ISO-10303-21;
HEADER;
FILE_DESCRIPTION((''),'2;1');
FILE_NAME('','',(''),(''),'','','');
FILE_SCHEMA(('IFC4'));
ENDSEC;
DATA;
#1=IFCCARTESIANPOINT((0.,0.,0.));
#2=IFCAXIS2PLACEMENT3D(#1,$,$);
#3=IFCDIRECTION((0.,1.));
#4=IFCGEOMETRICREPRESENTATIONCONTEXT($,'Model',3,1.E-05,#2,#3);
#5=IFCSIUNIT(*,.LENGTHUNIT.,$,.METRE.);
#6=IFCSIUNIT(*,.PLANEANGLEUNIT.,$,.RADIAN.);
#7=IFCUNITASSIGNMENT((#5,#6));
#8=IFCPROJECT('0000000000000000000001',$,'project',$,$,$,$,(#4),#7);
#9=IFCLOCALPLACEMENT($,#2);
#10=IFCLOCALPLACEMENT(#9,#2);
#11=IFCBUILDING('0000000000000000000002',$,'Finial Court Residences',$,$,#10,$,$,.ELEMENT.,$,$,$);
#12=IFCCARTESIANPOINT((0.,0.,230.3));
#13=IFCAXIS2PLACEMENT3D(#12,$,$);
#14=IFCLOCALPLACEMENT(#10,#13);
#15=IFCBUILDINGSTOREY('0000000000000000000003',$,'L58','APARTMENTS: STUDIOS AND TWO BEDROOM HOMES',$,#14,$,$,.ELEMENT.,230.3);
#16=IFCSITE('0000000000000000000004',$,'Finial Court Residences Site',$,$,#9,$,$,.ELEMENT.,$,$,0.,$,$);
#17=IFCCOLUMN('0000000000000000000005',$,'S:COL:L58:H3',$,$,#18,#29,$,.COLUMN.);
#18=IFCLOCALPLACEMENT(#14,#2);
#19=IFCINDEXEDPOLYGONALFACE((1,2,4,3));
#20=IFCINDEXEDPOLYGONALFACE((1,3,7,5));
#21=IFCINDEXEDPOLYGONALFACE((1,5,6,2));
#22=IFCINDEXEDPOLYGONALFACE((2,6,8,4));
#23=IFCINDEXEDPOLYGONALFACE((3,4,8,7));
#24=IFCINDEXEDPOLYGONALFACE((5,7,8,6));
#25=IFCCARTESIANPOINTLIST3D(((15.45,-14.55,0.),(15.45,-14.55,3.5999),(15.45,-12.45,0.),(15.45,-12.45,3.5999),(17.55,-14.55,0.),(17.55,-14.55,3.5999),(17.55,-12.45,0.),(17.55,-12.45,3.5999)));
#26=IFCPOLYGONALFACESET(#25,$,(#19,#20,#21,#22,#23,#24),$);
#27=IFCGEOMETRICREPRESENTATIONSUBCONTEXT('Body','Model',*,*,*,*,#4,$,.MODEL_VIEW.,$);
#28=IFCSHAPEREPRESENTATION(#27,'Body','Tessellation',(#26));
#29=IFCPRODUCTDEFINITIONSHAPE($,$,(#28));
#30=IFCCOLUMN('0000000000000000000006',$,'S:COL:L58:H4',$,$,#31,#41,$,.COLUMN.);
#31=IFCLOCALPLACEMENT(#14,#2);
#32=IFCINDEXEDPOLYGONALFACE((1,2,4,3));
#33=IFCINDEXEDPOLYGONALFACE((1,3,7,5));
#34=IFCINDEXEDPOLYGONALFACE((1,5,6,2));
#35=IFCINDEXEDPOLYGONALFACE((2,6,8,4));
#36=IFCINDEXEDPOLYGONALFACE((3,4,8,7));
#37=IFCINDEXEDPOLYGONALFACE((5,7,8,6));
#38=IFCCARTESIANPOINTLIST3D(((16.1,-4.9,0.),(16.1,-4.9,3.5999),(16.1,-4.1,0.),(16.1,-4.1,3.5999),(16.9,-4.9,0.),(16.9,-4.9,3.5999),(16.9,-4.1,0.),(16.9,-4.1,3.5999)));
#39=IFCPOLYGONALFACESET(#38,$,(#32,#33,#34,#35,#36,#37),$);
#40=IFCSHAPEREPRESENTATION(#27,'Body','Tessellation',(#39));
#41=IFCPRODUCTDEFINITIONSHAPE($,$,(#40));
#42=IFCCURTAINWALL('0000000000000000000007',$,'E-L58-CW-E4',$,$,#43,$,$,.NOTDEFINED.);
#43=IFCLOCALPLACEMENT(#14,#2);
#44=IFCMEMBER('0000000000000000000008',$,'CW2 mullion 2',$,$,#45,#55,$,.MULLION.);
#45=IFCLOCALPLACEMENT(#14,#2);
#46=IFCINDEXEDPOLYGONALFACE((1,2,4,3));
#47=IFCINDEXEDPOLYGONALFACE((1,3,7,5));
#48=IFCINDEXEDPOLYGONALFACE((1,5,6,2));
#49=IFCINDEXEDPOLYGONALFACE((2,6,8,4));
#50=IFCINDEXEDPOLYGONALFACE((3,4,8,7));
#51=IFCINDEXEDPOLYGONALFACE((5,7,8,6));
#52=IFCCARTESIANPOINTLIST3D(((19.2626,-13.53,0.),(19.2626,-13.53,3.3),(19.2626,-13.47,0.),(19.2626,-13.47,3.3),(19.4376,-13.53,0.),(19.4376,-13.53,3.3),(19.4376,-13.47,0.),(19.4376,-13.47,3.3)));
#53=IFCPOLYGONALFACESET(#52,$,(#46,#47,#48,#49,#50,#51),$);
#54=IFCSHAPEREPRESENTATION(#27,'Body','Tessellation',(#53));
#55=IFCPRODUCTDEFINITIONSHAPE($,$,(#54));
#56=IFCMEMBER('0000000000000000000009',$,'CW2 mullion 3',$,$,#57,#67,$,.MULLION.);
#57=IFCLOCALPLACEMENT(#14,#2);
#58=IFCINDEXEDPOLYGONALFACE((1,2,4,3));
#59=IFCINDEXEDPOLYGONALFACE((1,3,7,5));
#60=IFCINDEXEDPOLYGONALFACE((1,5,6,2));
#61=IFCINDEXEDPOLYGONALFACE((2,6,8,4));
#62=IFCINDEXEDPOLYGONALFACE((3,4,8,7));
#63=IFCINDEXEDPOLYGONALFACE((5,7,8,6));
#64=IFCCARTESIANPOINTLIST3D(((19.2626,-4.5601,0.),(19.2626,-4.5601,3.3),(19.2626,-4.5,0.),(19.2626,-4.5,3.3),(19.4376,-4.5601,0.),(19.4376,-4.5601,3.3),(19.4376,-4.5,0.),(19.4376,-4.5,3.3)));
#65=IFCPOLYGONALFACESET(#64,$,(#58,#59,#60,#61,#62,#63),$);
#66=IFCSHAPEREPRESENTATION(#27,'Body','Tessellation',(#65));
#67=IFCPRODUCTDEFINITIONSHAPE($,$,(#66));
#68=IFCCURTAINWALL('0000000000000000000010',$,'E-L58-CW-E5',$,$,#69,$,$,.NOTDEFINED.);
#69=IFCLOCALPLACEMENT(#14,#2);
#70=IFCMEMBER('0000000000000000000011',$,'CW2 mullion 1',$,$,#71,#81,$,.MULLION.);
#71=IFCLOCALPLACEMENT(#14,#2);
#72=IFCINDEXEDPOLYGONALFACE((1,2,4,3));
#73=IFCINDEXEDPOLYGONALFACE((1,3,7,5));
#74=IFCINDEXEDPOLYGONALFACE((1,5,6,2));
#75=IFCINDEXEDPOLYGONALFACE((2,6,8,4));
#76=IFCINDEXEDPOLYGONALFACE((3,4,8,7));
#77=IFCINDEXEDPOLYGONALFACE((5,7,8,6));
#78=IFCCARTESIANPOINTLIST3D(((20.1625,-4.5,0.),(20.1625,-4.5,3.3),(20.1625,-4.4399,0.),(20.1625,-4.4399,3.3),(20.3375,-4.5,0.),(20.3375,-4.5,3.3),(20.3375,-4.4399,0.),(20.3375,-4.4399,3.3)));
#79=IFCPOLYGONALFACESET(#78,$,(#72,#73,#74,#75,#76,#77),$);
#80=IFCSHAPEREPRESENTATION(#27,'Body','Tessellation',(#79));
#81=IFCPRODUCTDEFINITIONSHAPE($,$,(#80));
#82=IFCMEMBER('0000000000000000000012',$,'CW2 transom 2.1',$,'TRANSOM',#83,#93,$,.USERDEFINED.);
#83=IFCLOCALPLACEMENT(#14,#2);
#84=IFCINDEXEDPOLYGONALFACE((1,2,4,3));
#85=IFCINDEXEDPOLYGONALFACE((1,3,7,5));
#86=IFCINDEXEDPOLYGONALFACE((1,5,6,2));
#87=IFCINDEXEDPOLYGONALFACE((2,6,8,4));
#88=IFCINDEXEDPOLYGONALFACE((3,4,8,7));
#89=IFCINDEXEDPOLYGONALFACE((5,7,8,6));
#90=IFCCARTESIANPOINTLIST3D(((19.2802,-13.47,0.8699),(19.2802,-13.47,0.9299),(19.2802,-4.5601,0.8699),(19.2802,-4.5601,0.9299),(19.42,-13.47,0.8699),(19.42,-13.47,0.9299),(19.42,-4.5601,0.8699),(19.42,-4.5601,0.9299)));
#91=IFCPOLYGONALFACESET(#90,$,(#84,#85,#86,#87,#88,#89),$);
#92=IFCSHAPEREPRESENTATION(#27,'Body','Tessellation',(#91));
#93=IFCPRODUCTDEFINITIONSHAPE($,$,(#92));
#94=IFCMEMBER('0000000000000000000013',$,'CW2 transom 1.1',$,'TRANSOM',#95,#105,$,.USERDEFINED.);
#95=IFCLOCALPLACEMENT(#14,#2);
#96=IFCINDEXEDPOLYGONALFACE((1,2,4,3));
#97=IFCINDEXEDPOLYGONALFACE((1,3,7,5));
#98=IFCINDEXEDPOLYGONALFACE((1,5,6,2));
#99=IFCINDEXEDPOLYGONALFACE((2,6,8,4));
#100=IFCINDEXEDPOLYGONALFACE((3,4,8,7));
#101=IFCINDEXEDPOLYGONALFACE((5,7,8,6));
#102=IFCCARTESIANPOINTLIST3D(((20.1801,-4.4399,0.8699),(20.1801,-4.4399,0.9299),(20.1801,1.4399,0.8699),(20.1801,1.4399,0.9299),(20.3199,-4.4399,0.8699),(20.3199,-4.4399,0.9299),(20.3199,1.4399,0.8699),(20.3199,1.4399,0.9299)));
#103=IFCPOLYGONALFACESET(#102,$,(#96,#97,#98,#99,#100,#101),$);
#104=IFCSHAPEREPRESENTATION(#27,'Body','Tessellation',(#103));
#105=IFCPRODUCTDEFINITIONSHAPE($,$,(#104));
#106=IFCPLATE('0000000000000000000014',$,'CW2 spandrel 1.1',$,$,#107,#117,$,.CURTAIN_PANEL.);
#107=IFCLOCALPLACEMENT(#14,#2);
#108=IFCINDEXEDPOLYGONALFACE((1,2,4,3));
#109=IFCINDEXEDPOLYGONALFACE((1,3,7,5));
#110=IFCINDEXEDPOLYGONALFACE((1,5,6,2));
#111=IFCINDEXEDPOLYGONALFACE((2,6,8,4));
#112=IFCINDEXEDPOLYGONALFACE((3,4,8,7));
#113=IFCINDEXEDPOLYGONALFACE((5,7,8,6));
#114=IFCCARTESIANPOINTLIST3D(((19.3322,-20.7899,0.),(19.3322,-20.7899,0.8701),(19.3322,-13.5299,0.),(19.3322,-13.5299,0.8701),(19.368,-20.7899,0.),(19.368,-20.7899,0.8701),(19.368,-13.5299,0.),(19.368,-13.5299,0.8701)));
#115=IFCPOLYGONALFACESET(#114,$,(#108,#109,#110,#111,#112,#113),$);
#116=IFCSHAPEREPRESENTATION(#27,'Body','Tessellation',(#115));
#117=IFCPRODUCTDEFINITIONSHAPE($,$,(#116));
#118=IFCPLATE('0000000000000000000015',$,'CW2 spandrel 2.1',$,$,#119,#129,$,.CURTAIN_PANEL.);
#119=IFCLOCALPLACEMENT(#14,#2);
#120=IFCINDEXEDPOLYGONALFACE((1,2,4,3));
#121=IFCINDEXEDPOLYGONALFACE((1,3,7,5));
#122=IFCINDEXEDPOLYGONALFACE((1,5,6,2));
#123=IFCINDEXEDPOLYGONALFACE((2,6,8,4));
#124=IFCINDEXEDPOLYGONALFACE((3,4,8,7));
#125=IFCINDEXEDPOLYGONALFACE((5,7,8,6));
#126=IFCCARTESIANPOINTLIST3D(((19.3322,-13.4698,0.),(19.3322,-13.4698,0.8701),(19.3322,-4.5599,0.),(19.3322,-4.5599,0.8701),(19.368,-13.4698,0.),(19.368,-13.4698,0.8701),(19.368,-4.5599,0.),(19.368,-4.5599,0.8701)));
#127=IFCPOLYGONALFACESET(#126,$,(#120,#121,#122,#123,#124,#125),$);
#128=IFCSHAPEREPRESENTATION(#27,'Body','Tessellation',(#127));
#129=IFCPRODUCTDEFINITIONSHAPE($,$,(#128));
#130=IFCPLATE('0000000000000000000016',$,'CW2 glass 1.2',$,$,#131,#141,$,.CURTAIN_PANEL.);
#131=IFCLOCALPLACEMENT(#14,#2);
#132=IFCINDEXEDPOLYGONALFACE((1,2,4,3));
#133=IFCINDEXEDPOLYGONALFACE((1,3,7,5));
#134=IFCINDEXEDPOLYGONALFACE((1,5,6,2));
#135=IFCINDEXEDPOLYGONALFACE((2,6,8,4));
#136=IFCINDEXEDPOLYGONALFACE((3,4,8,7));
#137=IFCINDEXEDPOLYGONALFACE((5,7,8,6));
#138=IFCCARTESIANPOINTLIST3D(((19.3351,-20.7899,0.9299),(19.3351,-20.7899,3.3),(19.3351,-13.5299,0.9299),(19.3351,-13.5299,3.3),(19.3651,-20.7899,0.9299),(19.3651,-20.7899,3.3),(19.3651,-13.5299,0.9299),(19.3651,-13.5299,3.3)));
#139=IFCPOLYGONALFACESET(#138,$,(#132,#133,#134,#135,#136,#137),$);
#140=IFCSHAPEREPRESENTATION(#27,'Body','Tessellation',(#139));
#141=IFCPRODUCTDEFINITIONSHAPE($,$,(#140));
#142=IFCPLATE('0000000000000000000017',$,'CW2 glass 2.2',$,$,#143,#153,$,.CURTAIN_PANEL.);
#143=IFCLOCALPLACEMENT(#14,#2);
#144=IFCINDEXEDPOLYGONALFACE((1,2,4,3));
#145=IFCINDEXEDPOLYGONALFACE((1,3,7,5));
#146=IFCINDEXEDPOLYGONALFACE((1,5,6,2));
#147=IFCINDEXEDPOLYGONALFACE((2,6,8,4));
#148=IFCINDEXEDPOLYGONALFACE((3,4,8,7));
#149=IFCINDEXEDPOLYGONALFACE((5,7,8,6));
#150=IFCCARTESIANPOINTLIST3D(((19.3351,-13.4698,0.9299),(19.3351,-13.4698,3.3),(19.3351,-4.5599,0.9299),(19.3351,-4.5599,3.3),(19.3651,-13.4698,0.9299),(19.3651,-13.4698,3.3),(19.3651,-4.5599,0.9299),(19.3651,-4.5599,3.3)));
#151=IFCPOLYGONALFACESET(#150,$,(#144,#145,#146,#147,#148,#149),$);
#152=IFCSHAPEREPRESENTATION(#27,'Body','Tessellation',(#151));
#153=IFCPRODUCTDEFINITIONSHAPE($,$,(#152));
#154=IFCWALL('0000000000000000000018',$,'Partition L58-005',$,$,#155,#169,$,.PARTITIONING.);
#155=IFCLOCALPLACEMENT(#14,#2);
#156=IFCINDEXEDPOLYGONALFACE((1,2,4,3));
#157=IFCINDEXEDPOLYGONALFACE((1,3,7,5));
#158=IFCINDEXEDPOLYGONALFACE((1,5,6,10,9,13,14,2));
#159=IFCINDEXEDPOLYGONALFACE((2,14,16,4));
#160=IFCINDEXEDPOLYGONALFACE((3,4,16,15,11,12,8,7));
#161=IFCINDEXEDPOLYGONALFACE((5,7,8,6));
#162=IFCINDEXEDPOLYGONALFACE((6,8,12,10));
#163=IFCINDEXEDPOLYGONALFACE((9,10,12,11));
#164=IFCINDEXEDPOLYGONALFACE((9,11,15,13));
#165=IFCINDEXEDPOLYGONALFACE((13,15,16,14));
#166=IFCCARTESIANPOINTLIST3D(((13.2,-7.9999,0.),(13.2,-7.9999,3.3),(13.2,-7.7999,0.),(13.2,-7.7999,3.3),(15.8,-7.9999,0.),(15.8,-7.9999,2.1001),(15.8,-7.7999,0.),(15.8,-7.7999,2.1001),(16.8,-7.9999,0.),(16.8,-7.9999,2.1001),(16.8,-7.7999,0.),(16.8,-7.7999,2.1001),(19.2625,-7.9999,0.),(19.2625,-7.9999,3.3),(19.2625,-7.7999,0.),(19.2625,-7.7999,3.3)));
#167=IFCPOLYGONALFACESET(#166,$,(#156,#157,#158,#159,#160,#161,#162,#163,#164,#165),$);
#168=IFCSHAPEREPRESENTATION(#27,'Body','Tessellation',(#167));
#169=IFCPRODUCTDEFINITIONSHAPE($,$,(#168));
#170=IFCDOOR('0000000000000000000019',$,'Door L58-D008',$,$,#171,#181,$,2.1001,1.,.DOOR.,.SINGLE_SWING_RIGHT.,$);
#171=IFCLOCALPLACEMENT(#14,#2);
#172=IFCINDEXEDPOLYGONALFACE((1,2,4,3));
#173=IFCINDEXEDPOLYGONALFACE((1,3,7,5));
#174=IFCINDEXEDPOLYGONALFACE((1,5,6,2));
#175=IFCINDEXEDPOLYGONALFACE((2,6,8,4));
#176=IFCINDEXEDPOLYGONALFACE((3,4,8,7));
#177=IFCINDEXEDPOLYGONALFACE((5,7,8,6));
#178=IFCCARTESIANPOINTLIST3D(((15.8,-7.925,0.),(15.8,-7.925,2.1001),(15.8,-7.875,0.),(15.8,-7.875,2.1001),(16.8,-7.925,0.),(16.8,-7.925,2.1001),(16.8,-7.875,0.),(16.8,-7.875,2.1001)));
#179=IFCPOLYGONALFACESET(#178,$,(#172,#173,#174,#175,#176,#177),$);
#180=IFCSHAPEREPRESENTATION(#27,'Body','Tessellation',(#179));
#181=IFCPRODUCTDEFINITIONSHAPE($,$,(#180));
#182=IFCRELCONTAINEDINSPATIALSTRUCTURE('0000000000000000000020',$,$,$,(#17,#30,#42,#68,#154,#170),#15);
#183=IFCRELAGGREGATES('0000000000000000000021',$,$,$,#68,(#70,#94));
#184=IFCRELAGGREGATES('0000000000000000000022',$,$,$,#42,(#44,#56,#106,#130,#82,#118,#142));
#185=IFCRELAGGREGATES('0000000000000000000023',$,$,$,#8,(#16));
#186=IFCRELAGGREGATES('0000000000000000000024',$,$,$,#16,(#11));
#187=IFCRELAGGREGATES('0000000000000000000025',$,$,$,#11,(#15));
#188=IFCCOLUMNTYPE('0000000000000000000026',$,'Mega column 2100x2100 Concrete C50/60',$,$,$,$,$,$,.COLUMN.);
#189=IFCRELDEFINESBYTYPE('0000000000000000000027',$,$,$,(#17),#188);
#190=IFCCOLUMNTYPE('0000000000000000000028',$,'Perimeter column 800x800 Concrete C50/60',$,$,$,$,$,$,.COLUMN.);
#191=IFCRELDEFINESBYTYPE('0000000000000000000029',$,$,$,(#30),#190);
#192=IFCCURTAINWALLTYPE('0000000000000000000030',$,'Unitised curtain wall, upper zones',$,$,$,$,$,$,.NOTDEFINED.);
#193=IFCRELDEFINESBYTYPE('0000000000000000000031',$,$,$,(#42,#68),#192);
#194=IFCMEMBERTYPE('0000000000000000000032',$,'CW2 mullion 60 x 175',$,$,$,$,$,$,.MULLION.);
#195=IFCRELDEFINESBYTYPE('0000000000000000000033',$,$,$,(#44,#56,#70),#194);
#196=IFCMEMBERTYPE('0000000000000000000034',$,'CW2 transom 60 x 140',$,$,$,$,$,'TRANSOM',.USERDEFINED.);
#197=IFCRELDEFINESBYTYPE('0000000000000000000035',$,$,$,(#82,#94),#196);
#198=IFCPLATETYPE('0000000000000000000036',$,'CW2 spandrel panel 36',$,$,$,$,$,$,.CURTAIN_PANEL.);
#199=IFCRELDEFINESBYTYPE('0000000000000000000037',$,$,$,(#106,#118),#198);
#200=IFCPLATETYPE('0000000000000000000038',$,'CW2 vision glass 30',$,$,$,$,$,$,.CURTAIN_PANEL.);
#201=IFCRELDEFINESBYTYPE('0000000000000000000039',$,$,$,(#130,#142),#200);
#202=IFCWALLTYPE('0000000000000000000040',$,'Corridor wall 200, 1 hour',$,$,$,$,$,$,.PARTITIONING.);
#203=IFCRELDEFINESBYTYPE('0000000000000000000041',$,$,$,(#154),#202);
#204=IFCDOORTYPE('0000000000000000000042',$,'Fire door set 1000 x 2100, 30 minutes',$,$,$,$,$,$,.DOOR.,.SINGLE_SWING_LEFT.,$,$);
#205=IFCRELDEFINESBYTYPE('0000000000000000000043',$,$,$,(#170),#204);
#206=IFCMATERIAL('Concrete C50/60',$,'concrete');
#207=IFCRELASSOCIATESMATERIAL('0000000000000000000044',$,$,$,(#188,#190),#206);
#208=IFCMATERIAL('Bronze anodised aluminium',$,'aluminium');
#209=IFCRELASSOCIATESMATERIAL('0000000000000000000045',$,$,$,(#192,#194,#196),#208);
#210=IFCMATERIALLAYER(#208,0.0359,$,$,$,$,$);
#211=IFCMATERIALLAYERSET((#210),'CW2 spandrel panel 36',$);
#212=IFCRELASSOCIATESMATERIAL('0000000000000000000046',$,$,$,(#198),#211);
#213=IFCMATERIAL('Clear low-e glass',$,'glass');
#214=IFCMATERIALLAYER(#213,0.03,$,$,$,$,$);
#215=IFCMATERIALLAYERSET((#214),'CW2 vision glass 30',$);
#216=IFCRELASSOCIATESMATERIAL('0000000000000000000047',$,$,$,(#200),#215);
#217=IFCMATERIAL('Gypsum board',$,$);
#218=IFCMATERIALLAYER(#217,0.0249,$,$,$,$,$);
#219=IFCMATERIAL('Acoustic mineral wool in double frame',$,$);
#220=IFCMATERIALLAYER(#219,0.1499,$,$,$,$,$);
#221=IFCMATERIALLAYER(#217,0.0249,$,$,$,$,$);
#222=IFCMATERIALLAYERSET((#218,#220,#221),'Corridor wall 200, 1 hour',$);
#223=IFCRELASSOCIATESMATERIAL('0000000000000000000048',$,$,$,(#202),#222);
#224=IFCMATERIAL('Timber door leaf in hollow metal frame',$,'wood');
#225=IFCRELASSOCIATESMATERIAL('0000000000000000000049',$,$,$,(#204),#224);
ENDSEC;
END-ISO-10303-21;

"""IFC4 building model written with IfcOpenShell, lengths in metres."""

from ifc_helpers import new_model, si_unit, direction, frame, frame_2d, origin, origin_2d, place, context, subcontext, project, spatial, rectangle, extrude, material, layer, layer_set, material_profile, profile_set, type_object, element, fill, aggregate, save


model = new_model("IFC4")

# Units and contexts
model_context = context("Model", 3, precision=1e-05, world=origin(), true_north=direction((0.0, 1.0)))
body_context = subcontext(model_context, "Body", "Model", "MODEL_VIEW")
ifc_project = project(units=[si_unit("LENGTHUNIT", "METRE"), si_unit("PLANEANGLEUNIT", "RADIAN")], contexts=[model_context])

# Site, building, storey
site_placement = place(None, origin())
site = spatial("IfcSite", under=ifc_project, at=site_placement, Name="Finial Court Residences Site", CompositionType="ELEMENT", RefElevation=0.0)
building_placement = place(site_placement, origin())
building = spatial("IfcBuilding", under=site, at=building_placement, Name="Finial Court Residences", CompositionType="ELEMENT")
storey_placement = place(building_placement, frame((0.0, 0.0, 230.3)))
storey = spatial("IfcBuildingStorey", under=building, at=storey_placement, Name="L58", Description="APARTMENTS: STUDIOS AND TWO BEDROOM HOMES", CompositionType="ELEMENT", Elevation=230.3)

# Columns
ifc_material_1 = material(Name="Concrete C50/60", Category="concrete")
ifc_material_profile_1 = material_profile(ifc_material_1, rectangle(XDim=2.1001, YDim=2.1001, at=origin_2d()), Name="2100x2100")
ifc_profile_set_1 = profile_set([ifc_material_profile_1], Name="Concrete C50/60")
column_type_1 = type_object("IfcColumnType", Name="Mega column 2100x2100 Concrete C50/60", PredefinedType="COLUMN", material=ifc_profile_set_1)
column_1_placement = place(storey_placement, frame((16.5, -13.5, 0.0), z_axis=(0.0, 0.0, 1.0), x_axis=(1.0, 0.0, 0.0)))
element("IfcColumn", 1, at=column_1_placement, inside=storey, type_object=column_type_1, Name="S:COL:L58:H3", PredefinedType="COLUMN", context=body_context, shape_type="SweptSolid", body=[
    extrude(rectangle(XDim=2.1001, YDim=2.1001, at=origin_2d()), origin(), (0.0, 0.0, 1.0), 3.5999),
])
ifc_material_profile_2 = material_profile(ifc_material_1, rectangle(XDim=0.8, YDim=0.8, at=origin_2d()), Name="800x800")
ifc_profile_set_2 = profile_set([ifc_material_profile_2], Name="Concrete C50/60")
column_type_2 = type_object("IfcColumnType", Name="Perimeter column 800x800 Concrete C50/60", PredefinedType="COLUMN", material=ifc_profile_set_2)
column_2_placement = place(storey_placement, frame((16.5, -4.5, 0.0), z_axis=(0.0, 0.0, 1.0), x_axis=(1.0, 0.0, 0.0)))
element("IfcColumn", 2, at=column_2_placement, inside=storey, type_object=column_type_2, Name="S:COL:L58:H4", PredefinedType="COLUMN", context=body_context, shape_type="SweptSolid", body=[
    extrude(rectangle(XDim=0.8, YDim=0.8, at=origin_2d()), origin(), (0.0, 0.0, 1.0), 3.5999),
])

# Curtain wall, members
ifc_material_2 = material(Name="Bronze anodised aluminium", Category="aluminium")
curtain_wall_type = type_object("IfcCurtainWallType", Name="Unitised curtain wall, upper zones", PredefinedType="NOTDEFINED", material=ifc_material_2)
curtain_wall_1_placement = place(storey_placement, origin())
curtain_wall_1 = element("IfcCurtainWall", 3, at=curtain_wall_1_placement, inside=storey, type_object=curtain_wall_type, Name="E-L58-CW-E4", PredefinedType="NOTDEFINED")
ifc_material_profile_3 = material_profile(ifc_material_2, rectangle(XDim=0.175, YDim=0.0601, at=origin_2d()), Name="CW2 mullion 60 x 175")
ifc_profile_set_3 = profile_set([ifc_material_profile_3], Name="Bronze anodised aluminium")
member_type_1 = type_object("IfcMemberType", Name="CW2 mullion 60 x 175", PredefinedType="MULLION", material=ifc_profile_set_3)
member_1_placement = place(storey_placement, frame((19.3501, -13.5, 0.0), z_axis=(0.0, 0.0, 1.0), x_axis=(-1.0, 0.0, 0.0)))
member_1 = element("IfcMember", 4, at=member_1_placement, type_object=member_type_1, Name="CW2 mullion 2", PredefinedType="MULLION", context=body_context, shape_type="SweptSolid", body=[
    extrude(rectangle(XDim=0.175, YDim=0.0601, at=origin_2d()), origin(), (0.0, 0.0, 1.0), 3.3),
])
member_2_placement = place(storey_placement, frame((19.3501, -4.53, 0.0), z_axis=(0.0, 0.0, 1.0), x_axis=(-1.0, 0.0, 0.0)))
member_2 = element("IfcMember", 5, at=member_2_placement, type_object=member_type_1, Name="CW2 mullion 3", PredefinedType="MULLION", context=body_context, shape_type="SweptSolid", body=[
    extrude(rectangle(XDim=0.175, YDim=0.0601, at=origin_2d()), origin(), (0.0, 0.0, 1.0), 3.3),
])

# Curtain wall, member
curtain_wall_2_placement = place(storey_placement, origin())
curtain_wall_2 = element("IfcCurtainWall", 6, at=curtain_wall_2_placement, inside=storey, type_object=curtain_wall_type, Name="E-L58-CW-E5", PredefinedType="NOTDEFINED")
member_3_placement = place(storey_placement, frame((20.25, -4.47, 0.0), z_axis=(0.0, 0.0, 1.0), x_axis=(-1.0, 0.0, 0.0)))
member_3 = element("IfcMember", 7, at=member_3_placement, type_object=member_type_1, Name="CW2 mullion 1", PredefinedType="MULLION", context=body_context, shape_type="SweptSolid", body=[
    extrude(rectangle(XDim=0.175, YDim=0.0601, at=origin_2d()), origin(), (0.0, 0.0, 1.0), 3.3),
])

# Members
ifc_material_profile_4 = material_profile(ifc_material_2, rectangle(XDim=0.1399, YDim=0.0601, at=origin_2d()), Name="CW2 transom 60 x 140")
ifc_profile_set_4 = profile_set([ifc_material_profile_4], Name="Bronze anodised aluminium")
member_type_2 = type_object("IfcMemberType", Name="CW2 transom 60 x 140", ElementType="TRANSOM", PredefinedType="USERDEFINED", material=ifc_profile_set_4)
member_4_placement = place(storey_placement, frame((19.3501, -13.47, 0.8999), z_axis=(0.0, 1.0, 0.0), x_axis=(-1.0, 0.0, 0.0)))
member_4 = element("IfcMember", 8, at=member_4_placement, type_object=member_type_2, Name="CW2 transom 2.1", ObjectType="TRANSOM", PredefinedType="USERDEFINED", context=body_context, shape_type="SweptSolid", body=[
    extrude(rectangle(XDim=0.1399, YDim=0.0601, at=origin_2d()), origin(), (0.0, 0.0, 1.0), 8.9099),
])
member_5_placement = place(storey_placement, frame((20.25, -4.4399, 0.8999), z_axis=(0.0, 1.0, 0.0), x_axis=(-1.0, 0.0, 0.0)))
member_5 = element("IfcMember", 9, at=member_5_placement, type_object=member_type_2, Name="CW2 transom 1.1", ObjectType="TRANSOM", PredefinedType="USERDEFINED", context=body_context, shape_type="SweptSolid", body=[
    extrude(rectangle(XDim=0.1399, YDim=0.0601, at=origin_2d()), origin(), (0.0, 0.0, 1.0), 5.8799),
])
aggregate(curtain_wall_2, [member_3, member_5])

# Plates
ifc_layer_1 = layer(ifc_material_2, 0.0359)
ifc_layer_set_1 = layer_set([ifc_layer_1], Name="CW2 spandrel panel 36")
plate_type_1 = type_object("IfcPlateType", Name="CW2 spandrel panel 36", PredefinedType="CURTAIN_PANEL", material=ifc_layer_set_1)
plate_1_placement = place(storey_placement, frame((19.3501, -17.1599, 0.0), z_axis=(0.0, 0.0, 1.0), x_axis=(0.0, 1.0, 0.0)))
plate_1 = element("IfcPlate", 10, at=plate_1_placement, type_object=plate_type_1, Name="CW2 spandrel 1.1", PredefinedType="CURTAIN_PANEL", context=body_context, shape_type="SweptSolid", body=[
    extrude(rectangle(XDim=7.26, YDim=0.0359, at=origin_2d()), origin(), (0.0, 0.0, 1.0), 0.8701),
])
plate_2_placement = place(storey_placement, frame((19.3501, -9.0149, 0.0), z_axis=(0.0, 0.0, 1.0), x_axis=(0.0, 1.0, 0.0)))
plate_2 = element("IfcPlate", 11, at=plate_2_placement, type_object=plate_type_1, Name="CW2 spandrel 2.1", PredefinedType="CURTAIN_PANEL", context=body_context, shape_type="SweptSolid", body=[
    extrude(rectangle(XDim=8.9099, YDim=0.0359, at=origin_2d()), origin(), (0.0, 0.0, 1.0), 0.8701),
])
ifc_material_3 = material(Name="Clear low-e glass", Category="glass")
ifc_layer_2 = layer(ifc_material_3, 0.03)
ifc_layer_set_2 = layer_set([ifc_layer_2], Name="CW2 vision glass 30")
plate_type_2 = type_object("IfcPlateType", Name="CW2 vision glass 30", PredefinedType="CURTAIN_PANEL", material=ifc_layer_set_2)
plate_3_placement = place(storey_placement, frame((19.3501, -17.1599, 0.9299), z_axis=(0.0, 0.0, 1.0), x_axis=(0.0, 1.0, 0.0)))
plate_3 = element("IfcPlate", 12, at=plate_3_placement, type_object=plate_type_2, Name="CW2 glass 1.2", PredefinedType="CURTAIN_PANEL", context=body_context, shape_type="SweptSolid", body=[
    extrude(rectangle(XDim=7.26, YDim=0.03, at=origin_2d()), origin(), (0.0, 0.0, 1.0), 2.3701),
])
plate_4_placement = place(storey_placement, frame((19.3501, -9.0149, 0.9299), z_axis=(0.0, 0.0, 1.0), x_axis=(0.0, 1.0, 0.0)))
plate_4 = element("IfcPlate", 13, at=plate_4_placement, type_object=plate_type_2, Name="CW2 glass 2.2", PredefinedType="CURTAIN_PANEL", context=body_context, shape_type="SweptSolid", body=[
    extrude(rectangle(XDim=8.9099, YDim=0.03, at=origin_2d()), origin(), (0.0, 0.0, 1.0), 2.3701),
])
aggregate(curtain_wall_1, [member_1, member_2, plate_1, plate_3, member_4, plate_2, plate_4])

# Wall, opening, door
ifc_material_4 = material(Name="Gypsum board")
ifc_layer_3 = layer(ifc_material_4, 0.0249)
ifc_material_5 = material(Name="Acoustic mineral wool in double frame")
ifc_layer_4 = layer(ifc_material_5, 0.1499)
ifc_layer_5 = layer(ifc_material_4, 0.0249)
ifc_layer_set_3 = layer_set([ifc_layer_3, ifc_layer_4, ifc_layer_5], Name="Corridor wall 200, 1 hour")
wall_type_1 = type_object("IfcWallType", Name="Corridor wall 200, 1 hour", PredefinedType="PARTITIONING", material=ifc_layer_set_3)
wall_1_placement = place(storey_placement, frame((13.2, -7.8999, 0.0), z_axis=(0.0, 0.0, 1.0), x_axis=(1.0, 0.0, 0.0)))
wall_1 = element("IfcWall", 14, at=wall_1_placement, inside=storey, type_object=wall_type_1, Name="Partition L58-005", PredefinedType="PARTITIONING", context=body_context, shape_type="SweptSolid", body=[
    extrude(rectangle(XDim=6.0625, YDim=0.2, at=frame_2d((3.0312, 0.0))), origin(), (0.0, 0.0, 1.0), 3.3),
])
opening_1_placement = place(wall_1_placement, frame((2.6001, 0.0, 0.0)))
opening_1 = element("IfcOpeningElement", 15, at=opening_1_placement, cuts=wall_1, PredefinedType="OPENING", context=body_context, shape_type="SweptSolid", body=[
    extrude(rectangle(XDim=1.0, YDim=2.1001, at=frame_2d((0.5, 1.05))), frame((0.0, 0.1099, 0.0), z_axis=(0.0, -1.0, 0.0), x_axis=(1.0, 0.0, 0.0)), (0.0, 0.0, 1.0), 0.22),
])
ifc_material_6 = material(Name="Timber door leaf in hollow metal frame", Category="wood")
door_type_1 = type_object("IfcDoorType", Name="Fire door set 1000 x 2100, 30 minutes", OperationType="SINGLE_SWING_LEFT", PredefinedType="DOOR", material=ifc_material_6)
door_1_placement = place(opening_1_placement, origin())
door_1 = element("IfcDoor", 16, at=door_1_placement, inside=storey, type_object=door_type_1, Name="Door L58-D008", OperationType="SINGLE_SWING_RIGHT", OverallHeight=2.1001, OverallWidth=1.0, PredefinedType="DOOR", context=body_context, shape_type="SweptSolid", body=[
    extrude(rectangle(XDim=1.0, YDim=2.1001, at=frame_2d((0.5, 1.05))), frame((0.0, 0.0249, 0.0), z_axis=(0.0, -1.0, 0.0), x_axis=(1.0, 0.0, 0.0)), (0.0, 0.0, 1.0), 0.05),
])
fill(opening_1, door_1)

save(model, "model.ifc")
